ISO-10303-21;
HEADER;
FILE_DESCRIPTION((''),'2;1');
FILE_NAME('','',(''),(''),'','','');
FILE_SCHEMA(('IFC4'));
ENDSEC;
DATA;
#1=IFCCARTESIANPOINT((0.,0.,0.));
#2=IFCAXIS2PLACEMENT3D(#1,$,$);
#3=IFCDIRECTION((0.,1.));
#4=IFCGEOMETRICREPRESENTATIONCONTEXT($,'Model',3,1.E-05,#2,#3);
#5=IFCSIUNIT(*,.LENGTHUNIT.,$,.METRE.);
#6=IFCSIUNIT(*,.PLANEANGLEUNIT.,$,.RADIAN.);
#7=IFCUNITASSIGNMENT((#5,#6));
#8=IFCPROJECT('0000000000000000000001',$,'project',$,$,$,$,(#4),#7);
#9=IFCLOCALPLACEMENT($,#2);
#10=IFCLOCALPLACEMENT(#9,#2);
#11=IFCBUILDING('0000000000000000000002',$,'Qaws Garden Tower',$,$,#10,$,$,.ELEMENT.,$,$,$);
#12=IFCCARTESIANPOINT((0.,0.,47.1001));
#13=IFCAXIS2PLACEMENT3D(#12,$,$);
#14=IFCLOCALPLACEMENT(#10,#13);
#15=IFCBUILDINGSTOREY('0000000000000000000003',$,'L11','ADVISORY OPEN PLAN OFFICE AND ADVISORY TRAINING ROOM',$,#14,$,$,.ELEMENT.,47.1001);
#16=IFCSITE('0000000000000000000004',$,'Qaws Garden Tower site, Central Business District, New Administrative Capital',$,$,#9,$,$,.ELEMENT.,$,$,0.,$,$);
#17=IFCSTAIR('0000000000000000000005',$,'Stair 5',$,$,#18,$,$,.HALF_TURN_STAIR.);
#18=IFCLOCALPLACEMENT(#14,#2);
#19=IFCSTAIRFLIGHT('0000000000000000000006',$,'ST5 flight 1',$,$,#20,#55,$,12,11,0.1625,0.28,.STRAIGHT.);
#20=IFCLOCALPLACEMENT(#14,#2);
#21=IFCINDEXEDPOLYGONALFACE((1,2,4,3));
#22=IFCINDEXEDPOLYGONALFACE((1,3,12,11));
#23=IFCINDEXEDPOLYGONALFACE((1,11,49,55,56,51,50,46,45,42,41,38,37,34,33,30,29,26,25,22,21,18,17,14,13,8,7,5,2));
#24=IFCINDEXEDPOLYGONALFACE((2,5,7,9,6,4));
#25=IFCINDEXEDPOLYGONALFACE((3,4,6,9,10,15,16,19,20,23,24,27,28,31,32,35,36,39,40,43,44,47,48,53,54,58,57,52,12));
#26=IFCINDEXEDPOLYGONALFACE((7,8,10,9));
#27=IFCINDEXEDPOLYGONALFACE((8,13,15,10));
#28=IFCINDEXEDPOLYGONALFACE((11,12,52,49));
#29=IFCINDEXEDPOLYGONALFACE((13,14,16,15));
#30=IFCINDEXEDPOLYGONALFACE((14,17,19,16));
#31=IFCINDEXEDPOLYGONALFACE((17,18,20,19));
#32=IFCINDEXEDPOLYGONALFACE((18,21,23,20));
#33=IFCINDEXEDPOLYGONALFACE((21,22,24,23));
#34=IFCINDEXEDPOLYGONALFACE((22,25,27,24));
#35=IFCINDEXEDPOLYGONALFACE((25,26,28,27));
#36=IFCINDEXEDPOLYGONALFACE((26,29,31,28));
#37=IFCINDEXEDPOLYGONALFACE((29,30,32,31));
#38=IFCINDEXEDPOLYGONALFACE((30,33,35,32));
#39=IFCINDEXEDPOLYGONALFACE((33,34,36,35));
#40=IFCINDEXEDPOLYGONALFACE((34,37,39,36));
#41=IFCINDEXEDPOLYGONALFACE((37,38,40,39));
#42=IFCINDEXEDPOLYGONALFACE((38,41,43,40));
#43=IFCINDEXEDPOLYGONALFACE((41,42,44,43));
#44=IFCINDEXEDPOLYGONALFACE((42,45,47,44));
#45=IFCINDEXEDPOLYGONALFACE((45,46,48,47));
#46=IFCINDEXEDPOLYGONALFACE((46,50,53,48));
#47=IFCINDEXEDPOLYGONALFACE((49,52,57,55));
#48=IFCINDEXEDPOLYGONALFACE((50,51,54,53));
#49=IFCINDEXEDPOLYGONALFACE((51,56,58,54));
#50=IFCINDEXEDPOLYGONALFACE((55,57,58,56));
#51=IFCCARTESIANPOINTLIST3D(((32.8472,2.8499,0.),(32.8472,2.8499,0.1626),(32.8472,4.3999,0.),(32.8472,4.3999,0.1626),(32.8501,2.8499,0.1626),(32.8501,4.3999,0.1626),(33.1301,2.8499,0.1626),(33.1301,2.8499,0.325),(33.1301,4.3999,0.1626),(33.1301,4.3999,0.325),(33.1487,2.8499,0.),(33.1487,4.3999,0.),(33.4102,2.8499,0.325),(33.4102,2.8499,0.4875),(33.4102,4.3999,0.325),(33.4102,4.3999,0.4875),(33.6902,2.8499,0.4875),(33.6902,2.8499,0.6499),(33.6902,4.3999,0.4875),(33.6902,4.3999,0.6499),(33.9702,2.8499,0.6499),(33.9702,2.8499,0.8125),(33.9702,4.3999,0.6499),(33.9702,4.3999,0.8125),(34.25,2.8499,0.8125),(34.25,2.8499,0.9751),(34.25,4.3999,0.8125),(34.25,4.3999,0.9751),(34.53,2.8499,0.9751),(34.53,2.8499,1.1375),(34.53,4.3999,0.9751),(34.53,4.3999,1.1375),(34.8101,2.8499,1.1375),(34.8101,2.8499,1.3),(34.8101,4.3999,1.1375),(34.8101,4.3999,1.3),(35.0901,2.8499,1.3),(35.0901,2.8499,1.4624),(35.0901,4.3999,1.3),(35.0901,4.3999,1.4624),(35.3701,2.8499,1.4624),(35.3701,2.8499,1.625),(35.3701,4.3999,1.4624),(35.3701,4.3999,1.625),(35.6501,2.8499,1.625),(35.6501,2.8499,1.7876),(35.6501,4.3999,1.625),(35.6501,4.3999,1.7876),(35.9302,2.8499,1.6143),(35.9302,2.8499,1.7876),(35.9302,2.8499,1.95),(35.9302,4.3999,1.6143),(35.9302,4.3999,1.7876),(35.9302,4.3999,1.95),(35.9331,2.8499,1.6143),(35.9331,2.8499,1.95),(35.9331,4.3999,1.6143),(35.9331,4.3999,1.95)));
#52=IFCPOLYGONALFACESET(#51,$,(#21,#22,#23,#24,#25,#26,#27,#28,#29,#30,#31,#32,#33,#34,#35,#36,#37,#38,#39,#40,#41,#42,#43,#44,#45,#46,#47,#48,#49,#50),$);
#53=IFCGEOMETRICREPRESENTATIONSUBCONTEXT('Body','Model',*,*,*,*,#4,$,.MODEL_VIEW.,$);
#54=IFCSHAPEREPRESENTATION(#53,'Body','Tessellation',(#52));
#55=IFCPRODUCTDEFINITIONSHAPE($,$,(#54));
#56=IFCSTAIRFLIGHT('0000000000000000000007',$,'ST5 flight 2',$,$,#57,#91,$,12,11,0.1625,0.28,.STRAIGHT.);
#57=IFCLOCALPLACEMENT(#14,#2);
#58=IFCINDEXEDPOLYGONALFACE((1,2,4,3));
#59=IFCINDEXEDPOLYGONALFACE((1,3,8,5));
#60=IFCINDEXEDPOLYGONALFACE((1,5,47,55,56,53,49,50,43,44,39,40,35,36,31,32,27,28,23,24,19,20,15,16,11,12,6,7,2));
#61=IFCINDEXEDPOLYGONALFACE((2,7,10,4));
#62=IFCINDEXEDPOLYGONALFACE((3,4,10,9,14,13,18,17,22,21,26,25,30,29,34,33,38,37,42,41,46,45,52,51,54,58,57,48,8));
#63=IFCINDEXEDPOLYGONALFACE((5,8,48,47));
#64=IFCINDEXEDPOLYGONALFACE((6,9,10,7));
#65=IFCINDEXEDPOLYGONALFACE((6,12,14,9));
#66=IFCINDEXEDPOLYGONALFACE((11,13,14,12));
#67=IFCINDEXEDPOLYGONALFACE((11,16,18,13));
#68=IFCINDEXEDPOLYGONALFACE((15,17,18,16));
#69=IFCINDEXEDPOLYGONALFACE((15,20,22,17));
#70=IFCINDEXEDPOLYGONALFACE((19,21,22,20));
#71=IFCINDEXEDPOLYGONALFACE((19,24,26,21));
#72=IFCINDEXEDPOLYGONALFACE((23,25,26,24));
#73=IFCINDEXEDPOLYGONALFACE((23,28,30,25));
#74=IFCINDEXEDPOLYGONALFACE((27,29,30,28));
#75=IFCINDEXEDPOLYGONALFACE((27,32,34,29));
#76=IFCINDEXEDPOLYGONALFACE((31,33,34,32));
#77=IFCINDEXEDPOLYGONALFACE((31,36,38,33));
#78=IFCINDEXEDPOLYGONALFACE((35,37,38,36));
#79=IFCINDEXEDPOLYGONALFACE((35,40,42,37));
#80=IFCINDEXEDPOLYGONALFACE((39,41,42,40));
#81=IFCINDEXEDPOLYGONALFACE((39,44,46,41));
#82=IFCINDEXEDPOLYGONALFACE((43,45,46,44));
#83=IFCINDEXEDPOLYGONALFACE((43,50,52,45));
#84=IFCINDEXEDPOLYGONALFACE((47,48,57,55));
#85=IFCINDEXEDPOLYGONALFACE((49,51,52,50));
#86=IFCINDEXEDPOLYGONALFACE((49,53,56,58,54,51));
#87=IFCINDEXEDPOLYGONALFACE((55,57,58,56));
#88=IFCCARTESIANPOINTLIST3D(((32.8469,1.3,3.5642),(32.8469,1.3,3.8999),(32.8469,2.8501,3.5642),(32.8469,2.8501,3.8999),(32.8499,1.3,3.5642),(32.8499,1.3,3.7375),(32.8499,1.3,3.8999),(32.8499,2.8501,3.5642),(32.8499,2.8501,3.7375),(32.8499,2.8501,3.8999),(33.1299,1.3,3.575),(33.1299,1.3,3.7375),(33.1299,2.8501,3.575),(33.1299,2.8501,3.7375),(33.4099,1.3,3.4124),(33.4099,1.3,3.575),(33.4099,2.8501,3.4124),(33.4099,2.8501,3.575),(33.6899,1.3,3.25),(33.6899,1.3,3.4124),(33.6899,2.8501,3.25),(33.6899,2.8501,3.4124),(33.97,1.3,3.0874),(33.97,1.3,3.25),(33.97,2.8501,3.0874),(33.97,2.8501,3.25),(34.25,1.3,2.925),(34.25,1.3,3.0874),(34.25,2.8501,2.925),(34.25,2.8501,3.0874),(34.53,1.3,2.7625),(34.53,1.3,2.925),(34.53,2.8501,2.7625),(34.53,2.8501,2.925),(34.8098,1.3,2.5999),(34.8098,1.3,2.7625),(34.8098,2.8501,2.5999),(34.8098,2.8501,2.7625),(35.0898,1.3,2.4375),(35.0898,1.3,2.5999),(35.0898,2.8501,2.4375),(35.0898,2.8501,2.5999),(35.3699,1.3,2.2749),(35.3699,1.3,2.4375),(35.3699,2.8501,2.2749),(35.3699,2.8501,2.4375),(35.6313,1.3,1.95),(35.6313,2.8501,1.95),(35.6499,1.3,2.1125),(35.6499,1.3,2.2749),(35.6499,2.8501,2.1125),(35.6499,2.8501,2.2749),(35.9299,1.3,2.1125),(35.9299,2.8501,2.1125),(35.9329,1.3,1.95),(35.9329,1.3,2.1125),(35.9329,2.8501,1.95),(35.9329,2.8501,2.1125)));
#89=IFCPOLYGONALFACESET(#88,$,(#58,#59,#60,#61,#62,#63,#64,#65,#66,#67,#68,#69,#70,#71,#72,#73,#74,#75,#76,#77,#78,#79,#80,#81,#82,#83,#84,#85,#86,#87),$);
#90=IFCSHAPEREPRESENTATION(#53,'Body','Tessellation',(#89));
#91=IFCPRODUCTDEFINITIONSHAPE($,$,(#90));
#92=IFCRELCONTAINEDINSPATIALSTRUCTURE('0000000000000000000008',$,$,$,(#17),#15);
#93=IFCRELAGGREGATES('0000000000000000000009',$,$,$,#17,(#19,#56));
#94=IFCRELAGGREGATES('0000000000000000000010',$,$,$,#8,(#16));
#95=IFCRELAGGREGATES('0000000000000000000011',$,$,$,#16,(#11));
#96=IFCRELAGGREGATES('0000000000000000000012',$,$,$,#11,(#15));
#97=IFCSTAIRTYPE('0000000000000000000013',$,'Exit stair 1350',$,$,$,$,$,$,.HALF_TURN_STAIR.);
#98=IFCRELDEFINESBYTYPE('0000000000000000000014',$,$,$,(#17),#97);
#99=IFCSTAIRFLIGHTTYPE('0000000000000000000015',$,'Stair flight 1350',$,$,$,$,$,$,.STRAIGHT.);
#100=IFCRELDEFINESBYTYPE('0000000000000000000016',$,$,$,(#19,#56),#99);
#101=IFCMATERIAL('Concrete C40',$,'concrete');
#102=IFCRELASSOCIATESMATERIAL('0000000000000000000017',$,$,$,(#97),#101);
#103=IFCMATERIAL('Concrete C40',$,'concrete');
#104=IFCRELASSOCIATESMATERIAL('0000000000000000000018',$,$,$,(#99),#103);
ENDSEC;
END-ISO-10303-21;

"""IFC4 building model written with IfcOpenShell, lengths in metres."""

from ifc_helpers import new_model, si_unit, direction, frame, origin, place, context, subcontext, project, spatial, polyline, outline, extrude, material, type_object, element, aggregate, save


model = new_model("IFC4")

# Units and contexts
model_context = context("Model", 3, precision=1e-05, world=origin(), true_north=direction((0.0, 1.0)))
body_context = subcontext(model_context, "Body", "Model", "MODEL_VIEW")
ifc_project = project(units=[si_unit("LENGTHUNIT", "METRE"), si_unit("PLANEANGLEUNIT", "RADIAN")], contexts=[model_context])

# Site, building, storey
site_placement = place(None, origin())
site = spatial("IfcSite", under=ifc_project, at=site_placement, Name="Qaws Garden Tower site, Central Business District, New Administrative Capital", CompositionType="ELEMENT", RefElevation=0.0)
building_placement = place(site_placement, origin())
building = spatial("IfcBuilding", under=site, at=building_placement, Name="Qaws Garden Tower", CompositionType="ELEMENT")
storey_placement = place(building_placement, frame((0.0, 0.0, 47.1001)))
storey = spatial("IfcBuildingStorey", under=building, at=storey_placement, Name="L11", Description="ADVISORY OPEN PLAN OFFICE AND ADVISORY TRAINING ROOM", CompositionType="ELEMENT", Elevation=47.1001)

# Stair, stair flights
ifc_material_1 = material(Name="Concrete C40", Category="concrete")
stair_type = type_object("IfcStairType", Name="Exit stair 1350", PredefinedType="HALF_TURN_STAIR", material=ifc_material_1)
stair_placement = place(storey_placement, origin())
stair = element("IfcStair", 1, at=stair_placement, inside=storey, type_object=stair_type, Name="Stair 5", PredefinedType="HALF_TURN_STAIR")
ifc_material_2 = material(Name="Concrete C40", Category="concrete")
stair_flight_type = type_object("IfcStairFlightType", Name="Stair flight 1350", PredefinedType="STRAIGHT", material=ifc_material_2)
stair_flight_1_placement = place(storey_placement, frame((32.8501, 3.625, 0.0), z_axis=(0.0, 0.0, 1.0), x_axis=(1.0, 0.0, 0.0)))
stair_flight_1 = element("IfcStairFlight", 2, at=stair_flight_1_placement, type_object=stair_flight_type, Name="ST5 flight 1", NumberOfRisers=12, NumberOfTreads=11, PredefinedType="STRAIGHT", RiserHeight=0.1625, TreadLength=0.28, context=body_context, shape_type="SweptSolid", body=[
    extrude(outline(polyline([(-0.0029, 0.0), (-0.0029, 0.1626), (0.0, 0.1626), (0.28, 0.1626), (0.28, 0.325), (0.5601, 0.325), (0.5601, 0.4875), (0.8401, 0.4875), (0.8401, 0.6499), (1.1201, 0.6499), (1.1201, 0.8125), (1.3999, 0.8125), (1.3999, 0.9751), (1.6799, 0.9751), (1.6799, 1.1375), (1.96, 1.1375), (1.96, 1.3), (2.24, 1.3), (2.24, 1.4624), (2.52, 1.4624), (2.52, 1.625), (2.8, 1.625), (2.8, 1.7876), (3.0801, 1.7876), (3.0801, 1.95), (3.083, 1.95), (3.083, 1.6143), (3.0801, 1.6143), (0.2986, 0.0), (-0.0029, 0.0)])), frame((0.0, 0.7749, 0.0), z_axis=(0.0, -1.0, 0.0), x_axis=(1.0, 0.0, 0.0)), (0.0, 0.0, 1.0), 1.55),
])
stair_flight_2_placement = place(storey_placement, frame((35.9299, 2.075, 1.95), z_axis=(0.0, 0.0, 1.0), x_axis=(-1.0, 0.0, 0.0)))
stair_flight_2 = element("IfcStairFlight", 3, at=stair_flight_2_placement, type_object=stair_flight_type, Name="ST5 flight 2", NumberOfRisers=12, NumberOfTreads=11, PredefinedType="STRAIGHT", RiserHeight=0.1625, TreadLength=0.28, context=body_context, shape_type="SweptSolid", body=[
    extrude(outline(polyline([(-0.0029, 0.0), (-0.0029, 0.1626), (0.0, 0.1626), (0.28, 0.1626), (0.28, 0.325), (0.5601, 0.325), (0.5601, 0.4875), (0.8401, 0.4875), (0.8401, 0.6499), (1.1201, 0.6499), (1.1201, 0.8125), (1.3999, 0.8125), (1.3999, 0.9751), (1.6799, 0.9751), (1.6799, 1.1375), (1.96, 1.1375), (1.96, 1.3), (2.24, 1.3), (2.24, 1.4624), (2.52, 1.4624), (2.52, 1.625), (2.8, 1.625), (2.8, 1.7876), (3.0801, 1.7876), (3.0801, 1.95), (3.083, 1.95), (3.083, 1.6143), (3.0801, 1.6143), (0.2986, 0.0), (-0.0029, 0.0)])), frame((0.0, 0.7749, 0.0), z_axis=(0.0, -1.0, 0.0), x_axis=(1.0, 0.0, 0.0)), (0.0, 0.0, 1.0), 1.55),
])
aggregate(stair, [stair_flight_1, stair_flight_2])

save(model, "model.ifc")
